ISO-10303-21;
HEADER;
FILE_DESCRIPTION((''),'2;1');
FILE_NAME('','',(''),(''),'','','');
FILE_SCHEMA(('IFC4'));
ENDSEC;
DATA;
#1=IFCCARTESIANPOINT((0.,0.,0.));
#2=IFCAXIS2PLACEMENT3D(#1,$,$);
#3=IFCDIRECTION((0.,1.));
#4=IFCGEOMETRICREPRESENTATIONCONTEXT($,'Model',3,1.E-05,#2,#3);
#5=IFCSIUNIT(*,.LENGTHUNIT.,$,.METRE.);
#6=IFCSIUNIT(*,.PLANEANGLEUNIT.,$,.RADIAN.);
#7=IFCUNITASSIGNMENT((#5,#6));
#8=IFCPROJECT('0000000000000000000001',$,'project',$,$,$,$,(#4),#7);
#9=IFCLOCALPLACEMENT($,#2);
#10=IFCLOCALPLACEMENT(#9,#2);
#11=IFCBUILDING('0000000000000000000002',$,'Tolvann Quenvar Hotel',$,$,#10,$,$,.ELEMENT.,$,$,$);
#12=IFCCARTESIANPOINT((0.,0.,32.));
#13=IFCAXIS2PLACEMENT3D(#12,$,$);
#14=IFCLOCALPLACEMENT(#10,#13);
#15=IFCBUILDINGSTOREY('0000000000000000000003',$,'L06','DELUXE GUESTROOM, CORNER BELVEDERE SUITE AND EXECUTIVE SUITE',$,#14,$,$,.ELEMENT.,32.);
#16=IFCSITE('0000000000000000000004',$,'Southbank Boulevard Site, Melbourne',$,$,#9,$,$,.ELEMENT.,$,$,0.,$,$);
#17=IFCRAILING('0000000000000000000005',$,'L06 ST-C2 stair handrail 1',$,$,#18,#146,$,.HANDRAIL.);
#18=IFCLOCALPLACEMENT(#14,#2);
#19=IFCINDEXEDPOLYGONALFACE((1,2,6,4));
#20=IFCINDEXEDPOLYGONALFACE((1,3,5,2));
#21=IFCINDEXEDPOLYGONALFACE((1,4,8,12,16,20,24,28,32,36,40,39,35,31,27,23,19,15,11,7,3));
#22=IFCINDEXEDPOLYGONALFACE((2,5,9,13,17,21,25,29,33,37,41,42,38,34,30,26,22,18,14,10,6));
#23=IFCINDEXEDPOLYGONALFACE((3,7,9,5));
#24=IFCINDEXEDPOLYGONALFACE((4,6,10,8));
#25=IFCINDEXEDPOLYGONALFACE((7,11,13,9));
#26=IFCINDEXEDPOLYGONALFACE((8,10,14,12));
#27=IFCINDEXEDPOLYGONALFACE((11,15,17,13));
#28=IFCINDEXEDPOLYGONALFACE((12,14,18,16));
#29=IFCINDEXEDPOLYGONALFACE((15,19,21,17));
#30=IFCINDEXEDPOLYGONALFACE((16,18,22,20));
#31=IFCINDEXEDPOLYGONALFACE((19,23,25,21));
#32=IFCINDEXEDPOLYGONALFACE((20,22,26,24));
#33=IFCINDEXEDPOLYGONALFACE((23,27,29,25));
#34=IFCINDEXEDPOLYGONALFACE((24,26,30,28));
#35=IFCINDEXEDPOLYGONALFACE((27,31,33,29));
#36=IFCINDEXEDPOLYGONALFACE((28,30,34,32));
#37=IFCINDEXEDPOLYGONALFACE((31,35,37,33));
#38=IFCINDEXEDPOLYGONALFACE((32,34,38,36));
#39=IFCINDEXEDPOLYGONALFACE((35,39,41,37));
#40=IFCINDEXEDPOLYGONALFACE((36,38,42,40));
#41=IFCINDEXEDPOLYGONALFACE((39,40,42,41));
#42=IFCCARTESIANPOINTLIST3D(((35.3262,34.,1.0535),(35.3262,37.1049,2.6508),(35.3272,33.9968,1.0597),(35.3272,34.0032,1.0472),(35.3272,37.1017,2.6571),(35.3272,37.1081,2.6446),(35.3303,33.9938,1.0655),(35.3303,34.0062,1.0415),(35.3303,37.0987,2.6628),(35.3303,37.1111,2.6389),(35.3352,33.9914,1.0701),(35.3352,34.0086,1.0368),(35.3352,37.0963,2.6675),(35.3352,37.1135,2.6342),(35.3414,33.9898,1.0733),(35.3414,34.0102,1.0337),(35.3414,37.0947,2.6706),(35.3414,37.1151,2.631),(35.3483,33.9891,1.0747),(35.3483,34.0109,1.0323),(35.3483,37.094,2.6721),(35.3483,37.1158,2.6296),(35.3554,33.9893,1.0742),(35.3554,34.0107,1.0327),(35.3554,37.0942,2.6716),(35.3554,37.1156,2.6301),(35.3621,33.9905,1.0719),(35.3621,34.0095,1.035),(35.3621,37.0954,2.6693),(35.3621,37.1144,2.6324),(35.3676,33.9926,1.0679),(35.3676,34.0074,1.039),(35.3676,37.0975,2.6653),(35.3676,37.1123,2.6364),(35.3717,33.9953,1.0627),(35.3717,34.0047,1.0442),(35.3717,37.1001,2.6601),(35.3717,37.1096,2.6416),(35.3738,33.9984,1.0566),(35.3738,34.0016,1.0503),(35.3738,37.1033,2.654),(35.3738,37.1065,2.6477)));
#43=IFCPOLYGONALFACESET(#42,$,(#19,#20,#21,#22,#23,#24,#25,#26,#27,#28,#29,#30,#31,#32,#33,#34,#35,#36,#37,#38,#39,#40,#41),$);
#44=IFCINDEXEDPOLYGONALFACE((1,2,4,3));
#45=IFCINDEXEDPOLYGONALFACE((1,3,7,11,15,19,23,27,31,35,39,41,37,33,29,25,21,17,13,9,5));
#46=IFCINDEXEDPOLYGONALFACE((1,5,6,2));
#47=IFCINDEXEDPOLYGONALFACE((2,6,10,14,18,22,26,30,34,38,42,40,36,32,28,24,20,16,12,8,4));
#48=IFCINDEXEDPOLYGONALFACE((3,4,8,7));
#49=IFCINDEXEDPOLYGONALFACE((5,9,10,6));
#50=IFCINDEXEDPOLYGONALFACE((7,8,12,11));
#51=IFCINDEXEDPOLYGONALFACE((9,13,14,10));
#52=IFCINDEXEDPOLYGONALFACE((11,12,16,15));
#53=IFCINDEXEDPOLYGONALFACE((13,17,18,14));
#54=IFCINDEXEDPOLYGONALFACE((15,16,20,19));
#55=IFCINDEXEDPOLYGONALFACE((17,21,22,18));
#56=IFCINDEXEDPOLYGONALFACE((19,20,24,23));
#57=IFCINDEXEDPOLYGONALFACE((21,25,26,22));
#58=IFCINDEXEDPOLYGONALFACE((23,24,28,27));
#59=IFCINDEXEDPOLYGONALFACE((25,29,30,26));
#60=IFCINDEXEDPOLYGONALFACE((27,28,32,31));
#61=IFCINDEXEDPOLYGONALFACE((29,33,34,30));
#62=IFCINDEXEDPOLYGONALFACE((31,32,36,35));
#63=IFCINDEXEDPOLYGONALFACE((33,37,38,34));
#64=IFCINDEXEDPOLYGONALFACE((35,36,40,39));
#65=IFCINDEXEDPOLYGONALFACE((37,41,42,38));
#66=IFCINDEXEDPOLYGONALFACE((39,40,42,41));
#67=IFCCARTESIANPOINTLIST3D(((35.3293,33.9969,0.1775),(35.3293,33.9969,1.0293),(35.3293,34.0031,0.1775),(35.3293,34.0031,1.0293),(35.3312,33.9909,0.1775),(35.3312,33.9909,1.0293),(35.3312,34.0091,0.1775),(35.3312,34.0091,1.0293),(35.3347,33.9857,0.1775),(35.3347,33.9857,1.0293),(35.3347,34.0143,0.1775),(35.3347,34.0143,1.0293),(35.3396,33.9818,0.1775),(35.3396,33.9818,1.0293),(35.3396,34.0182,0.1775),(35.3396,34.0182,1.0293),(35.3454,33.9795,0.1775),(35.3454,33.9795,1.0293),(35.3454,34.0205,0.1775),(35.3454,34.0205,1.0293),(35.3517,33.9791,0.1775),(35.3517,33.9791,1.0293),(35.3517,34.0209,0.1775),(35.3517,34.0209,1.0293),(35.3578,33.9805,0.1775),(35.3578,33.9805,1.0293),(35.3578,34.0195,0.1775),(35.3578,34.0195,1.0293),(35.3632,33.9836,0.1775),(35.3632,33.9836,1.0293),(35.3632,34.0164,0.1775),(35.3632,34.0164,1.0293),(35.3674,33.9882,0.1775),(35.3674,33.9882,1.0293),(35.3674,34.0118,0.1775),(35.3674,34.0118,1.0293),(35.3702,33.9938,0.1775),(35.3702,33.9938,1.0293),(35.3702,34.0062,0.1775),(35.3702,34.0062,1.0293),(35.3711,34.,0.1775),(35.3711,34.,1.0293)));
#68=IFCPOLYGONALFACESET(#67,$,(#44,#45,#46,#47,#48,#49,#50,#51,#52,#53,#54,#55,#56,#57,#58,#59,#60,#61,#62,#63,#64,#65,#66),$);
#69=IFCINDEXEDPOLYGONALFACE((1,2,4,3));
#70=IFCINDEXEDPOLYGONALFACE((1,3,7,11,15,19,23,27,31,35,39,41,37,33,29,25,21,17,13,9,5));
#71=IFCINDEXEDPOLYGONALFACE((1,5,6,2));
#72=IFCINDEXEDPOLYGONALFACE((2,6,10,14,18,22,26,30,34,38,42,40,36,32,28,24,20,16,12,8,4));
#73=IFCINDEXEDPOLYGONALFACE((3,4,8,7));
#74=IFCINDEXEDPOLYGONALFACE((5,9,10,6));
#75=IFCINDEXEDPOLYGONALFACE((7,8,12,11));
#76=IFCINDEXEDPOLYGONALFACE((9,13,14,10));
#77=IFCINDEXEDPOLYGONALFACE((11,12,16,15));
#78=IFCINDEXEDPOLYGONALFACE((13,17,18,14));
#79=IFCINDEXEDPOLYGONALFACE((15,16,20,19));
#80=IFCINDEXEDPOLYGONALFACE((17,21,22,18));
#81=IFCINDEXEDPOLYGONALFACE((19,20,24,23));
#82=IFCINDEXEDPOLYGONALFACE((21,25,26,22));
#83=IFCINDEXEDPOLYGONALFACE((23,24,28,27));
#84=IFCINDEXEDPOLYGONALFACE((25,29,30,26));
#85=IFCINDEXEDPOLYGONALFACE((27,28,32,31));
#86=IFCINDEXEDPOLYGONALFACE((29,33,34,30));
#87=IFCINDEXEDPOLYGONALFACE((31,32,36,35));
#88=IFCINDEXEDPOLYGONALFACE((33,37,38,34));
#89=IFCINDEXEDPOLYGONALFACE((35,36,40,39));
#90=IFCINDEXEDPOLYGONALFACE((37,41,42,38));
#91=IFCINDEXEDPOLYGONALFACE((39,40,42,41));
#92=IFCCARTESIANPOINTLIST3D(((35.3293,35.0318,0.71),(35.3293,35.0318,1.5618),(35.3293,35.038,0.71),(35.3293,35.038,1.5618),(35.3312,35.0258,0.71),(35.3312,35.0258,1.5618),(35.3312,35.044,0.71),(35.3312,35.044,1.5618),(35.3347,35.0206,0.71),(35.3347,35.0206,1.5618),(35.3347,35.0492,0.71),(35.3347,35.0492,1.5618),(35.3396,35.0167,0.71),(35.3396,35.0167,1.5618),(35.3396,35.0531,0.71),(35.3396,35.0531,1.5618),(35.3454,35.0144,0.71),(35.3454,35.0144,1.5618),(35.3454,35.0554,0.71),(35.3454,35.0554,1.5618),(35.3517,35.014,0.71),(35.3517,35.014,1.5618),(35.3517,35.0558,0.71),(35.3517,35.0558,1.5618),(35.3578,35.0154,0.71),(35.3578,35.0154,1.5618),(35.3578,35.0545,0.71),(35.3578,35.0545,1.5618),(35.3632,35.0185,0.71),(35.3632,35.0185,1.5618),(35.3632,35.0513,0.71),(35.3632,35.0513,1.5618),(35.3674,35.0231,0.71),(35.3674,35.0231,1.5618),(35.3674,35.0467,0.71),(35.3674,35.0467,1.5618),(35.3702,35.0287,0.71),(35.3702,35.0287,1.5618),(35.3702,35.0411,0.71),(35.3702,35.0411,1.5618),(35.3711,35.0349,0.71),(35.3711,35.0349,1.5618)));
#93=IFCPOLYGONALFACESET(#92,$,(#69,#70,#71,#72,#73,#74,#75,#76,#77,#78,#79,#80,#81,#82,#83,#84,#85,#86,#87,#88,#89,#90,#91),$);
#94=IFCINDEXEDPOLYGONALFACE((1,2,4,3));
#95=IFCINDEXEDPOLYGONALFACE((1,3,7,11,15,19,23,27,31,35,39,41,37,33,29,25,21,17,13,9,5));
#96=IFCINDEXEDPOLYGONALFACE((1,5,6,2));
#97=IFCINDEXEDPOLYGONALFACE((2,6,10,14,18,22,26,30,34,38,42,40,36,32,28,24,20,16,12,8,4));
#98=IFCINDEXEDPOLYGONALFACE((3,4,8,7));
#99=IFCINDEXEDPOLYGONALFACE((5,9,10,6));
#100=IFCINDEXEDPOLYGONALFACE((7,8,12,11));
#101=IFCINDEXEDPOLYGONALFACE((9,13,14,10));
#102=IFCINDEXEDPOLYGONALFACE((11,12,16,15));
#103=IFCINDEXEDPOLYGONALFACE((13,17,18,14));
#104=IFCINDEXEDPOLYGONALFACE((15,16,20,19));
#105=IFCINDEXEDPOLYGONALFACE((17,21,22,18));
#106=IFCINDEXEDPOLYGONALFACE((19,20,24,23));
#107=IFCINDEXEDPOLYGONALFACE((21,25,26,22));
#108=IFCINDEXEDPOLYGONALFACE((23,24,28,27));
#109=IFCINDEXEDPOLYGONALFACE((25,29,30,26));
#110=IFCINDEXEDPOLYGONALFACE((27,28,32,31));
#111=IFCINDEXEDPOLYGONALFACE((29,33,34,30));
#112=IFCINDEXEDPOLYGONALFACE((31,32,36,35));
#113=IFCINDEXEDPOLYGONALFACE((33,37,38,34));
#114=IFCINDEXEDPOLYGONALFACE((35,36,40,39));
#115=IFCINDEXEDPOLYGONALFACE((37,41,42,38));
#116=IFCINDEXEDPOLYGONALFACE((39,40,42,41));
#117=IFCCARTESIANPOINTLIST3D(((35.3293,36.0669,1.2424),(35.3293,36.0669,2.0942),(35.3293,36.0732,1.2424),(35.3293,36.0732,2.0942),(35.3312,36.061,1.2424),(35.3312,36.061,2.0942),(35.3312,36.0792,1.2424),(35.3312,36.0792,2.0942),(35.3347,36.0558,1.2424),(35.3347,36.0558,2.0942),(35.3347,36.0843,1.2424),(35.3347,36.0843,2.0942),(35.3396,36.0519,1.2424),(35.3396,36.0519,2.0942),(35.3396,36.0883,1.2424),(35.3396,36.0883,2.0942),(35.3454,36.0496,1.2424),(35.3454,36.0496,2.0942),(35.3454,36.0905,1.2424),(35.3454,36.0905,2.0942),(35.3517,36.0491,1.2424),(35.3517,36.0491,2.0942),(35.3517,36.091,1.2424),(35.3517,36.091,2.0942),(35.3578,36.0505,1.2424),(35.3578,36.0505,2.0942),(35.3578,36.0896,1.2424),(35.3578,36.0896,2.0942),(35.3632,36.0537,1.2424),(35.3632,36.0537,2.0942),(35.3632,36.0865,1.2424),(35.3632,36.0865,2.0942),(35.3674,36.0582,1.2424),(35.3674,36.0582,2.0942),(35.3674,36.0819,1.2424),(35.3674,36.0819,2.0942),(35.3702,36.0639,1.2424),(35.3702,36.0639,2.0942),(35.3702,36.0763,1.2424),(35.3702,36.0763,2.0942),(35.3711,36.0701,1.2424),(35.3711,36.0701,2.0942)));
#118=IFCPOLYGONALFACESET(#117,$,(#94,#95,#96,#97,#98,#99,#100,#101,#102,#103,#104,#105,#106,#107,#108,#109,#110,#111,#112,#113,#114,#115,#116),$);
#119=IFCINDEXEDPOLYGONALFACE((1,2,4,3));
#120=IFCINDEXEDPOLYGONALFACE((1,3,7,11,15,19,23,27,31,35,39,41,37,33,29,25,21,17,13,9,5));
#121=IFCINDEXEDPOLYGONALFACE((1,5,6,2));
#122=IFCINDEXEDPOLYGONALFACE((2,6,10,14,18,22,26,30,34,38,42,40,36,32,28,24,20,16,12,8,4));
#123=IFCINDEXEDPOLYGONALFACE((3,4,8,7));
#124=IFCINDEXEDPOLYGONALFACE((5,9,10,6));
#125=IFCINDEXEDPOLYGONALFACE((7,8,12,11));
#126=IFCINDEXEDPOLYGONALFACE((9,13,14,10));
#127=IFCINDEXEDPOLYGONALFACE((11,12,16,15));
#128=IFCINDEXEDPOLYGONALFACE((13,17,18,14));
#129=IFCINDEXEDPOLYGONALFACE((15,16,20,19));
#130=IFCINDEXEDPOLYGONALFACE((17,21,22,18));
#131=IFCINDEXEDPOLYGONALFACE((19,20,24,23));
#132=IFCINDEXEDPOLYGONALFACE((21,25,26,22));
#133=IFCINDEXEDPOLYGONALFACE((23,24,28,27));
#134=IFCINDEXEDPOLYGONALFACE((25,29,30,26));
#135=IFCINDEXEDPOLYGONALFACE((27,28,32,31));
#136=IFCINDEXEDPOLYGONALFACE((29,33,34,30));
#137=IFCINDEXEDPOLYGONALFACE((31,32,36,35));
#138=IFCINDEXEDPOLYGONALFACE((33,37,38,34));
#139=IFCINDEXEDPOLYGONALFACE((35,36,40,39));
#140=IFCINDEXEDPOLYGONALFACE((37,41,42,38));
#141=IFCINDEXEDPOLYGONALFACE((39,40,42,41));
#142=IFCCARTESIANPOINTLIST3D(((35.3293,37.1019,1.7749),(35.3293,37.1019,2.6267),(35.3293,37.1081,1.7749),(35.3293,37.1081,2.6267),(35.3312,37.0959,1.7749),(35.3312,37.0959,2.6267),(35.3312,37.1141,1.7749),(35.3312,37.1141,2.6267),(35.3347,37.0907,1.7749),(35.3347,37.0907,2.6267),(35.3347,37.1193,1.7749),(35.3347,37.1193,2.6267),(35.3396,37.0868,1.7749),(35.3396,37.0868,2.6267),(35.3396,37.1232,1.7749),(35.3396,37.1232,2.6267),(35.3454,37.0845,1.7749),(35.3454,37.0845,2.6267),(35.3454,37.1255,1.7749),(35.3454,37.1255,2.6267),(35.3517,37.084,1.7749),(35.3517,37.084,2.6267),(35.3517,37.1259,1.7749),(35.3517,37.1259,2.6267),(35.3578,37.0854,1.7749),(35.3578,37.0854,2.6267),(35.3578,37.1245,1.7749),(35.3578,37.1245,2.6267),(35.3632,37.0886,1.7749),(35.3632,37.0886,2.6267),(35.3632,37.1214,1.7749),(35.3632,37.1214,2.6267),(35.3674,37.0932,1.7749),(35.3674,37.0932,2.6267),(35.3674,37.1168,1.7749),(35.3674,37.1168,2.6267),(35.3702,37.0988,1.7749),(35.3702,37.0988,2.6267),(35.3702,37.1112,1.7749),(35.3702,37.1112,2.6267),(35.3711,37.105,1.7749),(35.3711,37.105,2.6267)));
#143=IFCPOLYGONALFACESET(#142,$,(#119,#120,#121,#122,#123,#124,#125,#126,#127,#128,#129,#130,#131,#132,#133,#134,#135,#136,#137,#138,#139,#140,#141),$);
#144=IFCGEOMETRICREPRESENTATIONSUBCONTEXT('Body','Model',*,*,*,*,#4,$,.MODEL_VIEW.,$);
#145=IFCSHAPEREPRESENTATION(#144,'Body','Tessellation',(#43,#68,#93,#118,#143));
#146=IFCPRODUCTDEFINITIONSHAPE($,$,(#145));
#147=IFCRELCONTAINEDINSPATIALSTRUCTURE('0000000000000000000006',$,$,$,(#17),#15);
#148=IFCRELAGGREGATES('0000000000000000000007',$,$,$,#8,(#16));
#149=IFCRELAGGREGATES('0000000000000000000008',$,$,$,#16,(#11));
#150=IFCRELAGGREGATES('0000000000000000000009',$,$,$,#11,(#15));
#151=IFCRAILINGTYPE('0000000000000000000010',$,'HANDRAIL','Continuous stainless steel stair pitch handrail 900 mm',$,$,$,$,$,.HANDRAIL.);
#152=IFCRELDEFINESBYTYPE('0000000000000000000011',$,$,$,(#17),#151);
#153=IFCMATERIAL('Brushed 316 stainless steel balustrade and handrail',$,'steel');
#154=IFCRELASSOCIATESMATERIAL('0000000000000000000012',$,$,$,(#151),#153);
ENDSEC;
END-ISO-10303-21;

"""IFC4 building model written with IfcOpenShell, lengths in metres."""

from ifc_helpers import new_model, si_unit, direction, frame, origin, origin_2d, place, context, subcontext, project, spatial, circle, extrude, material, type_object, element, save


model = new_model("IFC4")

# Units and contexts
model_context = context("Model", 3, precision=1e-05, world=origin(), true_north=direction((0.0, 1.0)))
body_context = subcontext(model_context, "Body", "Model", "MODEL_VIEW")
ifc_project = project(units=[si_unit("LENGTHUNIT", "METRE"), si_unit("PLANEANGLEUNIT", "RADIAN")], contexts=[model_context])

# Site, building, storey
site_placement = place(None, origin())
site = spatial("IfcSite", under=ifc_project, at=site_placement, Name="Southbank Boulevard Site, Melbourne", CompositionType="ELEMENT", RefElevation=0.0)
building_placement = place(site_placement, origin())
building = spatial("IfcBuilding", under=site, at=building_placement, Name="Tolvann Quenvar Hotel", CompositionType="ELEMENT")
storey_placement = place(building_placement, frame((0.0, 0.0, 32.0)))
storey = spatial("IfcBuildingStorey", under=building, at=storey_placement, Name="L06", Description="DELUXE GUESTROOM, CORNER BELVEDERE SUITE AND EXECUTIVE SUITE", CompositionType="ELEMENT", Elevation=32.0)

# Railing
ifc_material_1 = material(Name="Brushed 316 stainless steel balustrade and handrail", Category="steel")
railing_type_1 = type_object("IfcRailingType", Name="HANDRAIL", Description="Continuous stainless steel stair pitch handrail 900 mm", PredefinedType="HANDRAIL", material=ifc_material_1)
railing_1_placement = place(storey_placement, frame((35.3501, 34.0, 0.1775)))
element("IfcRailing", 1, at=railing_1_placement, inside=storey, type_object=railing_type_1, Name="L06 ST-C2 stair handrail 1", PredefinedType="HANDRAIL", context=body_context, shape_type="SweptSolid", body=[
    extrude(circle(Radius=0.0239, at=origin_2d()), frame((0.0, 0.0, 0.876), z_axis=(0.0, 0.889222, 0.457476), x_axis=(-1.0, 0.0, 0.0)), (0.0, 0.0, 1.0), 3.4917),
    extrude(circle(Radius=0.021, at=origin_2d()), origin(), (0.0, 0.0, 1.0), 0.8518),
    extrude(circle(Radius=0.021, at=origin_2d()), frame((0.0, 1.0349, 0.5325)), (0.0, 0.0, 1.0), 0.8518),
    extrude(circle(Radius=0.021, at=origin_2d()), frame((0.0, 2.0701, 1.0649)), (0.0, 0.0, 1.0), 0.8518),
    extrude(circle(Radius=0.021, at=origin_2d()), frame((0.0, 3.105, 1.5974)), (0.0, 0.0, 1.0), 0.8518),
])

save(model, "model.ifc")
